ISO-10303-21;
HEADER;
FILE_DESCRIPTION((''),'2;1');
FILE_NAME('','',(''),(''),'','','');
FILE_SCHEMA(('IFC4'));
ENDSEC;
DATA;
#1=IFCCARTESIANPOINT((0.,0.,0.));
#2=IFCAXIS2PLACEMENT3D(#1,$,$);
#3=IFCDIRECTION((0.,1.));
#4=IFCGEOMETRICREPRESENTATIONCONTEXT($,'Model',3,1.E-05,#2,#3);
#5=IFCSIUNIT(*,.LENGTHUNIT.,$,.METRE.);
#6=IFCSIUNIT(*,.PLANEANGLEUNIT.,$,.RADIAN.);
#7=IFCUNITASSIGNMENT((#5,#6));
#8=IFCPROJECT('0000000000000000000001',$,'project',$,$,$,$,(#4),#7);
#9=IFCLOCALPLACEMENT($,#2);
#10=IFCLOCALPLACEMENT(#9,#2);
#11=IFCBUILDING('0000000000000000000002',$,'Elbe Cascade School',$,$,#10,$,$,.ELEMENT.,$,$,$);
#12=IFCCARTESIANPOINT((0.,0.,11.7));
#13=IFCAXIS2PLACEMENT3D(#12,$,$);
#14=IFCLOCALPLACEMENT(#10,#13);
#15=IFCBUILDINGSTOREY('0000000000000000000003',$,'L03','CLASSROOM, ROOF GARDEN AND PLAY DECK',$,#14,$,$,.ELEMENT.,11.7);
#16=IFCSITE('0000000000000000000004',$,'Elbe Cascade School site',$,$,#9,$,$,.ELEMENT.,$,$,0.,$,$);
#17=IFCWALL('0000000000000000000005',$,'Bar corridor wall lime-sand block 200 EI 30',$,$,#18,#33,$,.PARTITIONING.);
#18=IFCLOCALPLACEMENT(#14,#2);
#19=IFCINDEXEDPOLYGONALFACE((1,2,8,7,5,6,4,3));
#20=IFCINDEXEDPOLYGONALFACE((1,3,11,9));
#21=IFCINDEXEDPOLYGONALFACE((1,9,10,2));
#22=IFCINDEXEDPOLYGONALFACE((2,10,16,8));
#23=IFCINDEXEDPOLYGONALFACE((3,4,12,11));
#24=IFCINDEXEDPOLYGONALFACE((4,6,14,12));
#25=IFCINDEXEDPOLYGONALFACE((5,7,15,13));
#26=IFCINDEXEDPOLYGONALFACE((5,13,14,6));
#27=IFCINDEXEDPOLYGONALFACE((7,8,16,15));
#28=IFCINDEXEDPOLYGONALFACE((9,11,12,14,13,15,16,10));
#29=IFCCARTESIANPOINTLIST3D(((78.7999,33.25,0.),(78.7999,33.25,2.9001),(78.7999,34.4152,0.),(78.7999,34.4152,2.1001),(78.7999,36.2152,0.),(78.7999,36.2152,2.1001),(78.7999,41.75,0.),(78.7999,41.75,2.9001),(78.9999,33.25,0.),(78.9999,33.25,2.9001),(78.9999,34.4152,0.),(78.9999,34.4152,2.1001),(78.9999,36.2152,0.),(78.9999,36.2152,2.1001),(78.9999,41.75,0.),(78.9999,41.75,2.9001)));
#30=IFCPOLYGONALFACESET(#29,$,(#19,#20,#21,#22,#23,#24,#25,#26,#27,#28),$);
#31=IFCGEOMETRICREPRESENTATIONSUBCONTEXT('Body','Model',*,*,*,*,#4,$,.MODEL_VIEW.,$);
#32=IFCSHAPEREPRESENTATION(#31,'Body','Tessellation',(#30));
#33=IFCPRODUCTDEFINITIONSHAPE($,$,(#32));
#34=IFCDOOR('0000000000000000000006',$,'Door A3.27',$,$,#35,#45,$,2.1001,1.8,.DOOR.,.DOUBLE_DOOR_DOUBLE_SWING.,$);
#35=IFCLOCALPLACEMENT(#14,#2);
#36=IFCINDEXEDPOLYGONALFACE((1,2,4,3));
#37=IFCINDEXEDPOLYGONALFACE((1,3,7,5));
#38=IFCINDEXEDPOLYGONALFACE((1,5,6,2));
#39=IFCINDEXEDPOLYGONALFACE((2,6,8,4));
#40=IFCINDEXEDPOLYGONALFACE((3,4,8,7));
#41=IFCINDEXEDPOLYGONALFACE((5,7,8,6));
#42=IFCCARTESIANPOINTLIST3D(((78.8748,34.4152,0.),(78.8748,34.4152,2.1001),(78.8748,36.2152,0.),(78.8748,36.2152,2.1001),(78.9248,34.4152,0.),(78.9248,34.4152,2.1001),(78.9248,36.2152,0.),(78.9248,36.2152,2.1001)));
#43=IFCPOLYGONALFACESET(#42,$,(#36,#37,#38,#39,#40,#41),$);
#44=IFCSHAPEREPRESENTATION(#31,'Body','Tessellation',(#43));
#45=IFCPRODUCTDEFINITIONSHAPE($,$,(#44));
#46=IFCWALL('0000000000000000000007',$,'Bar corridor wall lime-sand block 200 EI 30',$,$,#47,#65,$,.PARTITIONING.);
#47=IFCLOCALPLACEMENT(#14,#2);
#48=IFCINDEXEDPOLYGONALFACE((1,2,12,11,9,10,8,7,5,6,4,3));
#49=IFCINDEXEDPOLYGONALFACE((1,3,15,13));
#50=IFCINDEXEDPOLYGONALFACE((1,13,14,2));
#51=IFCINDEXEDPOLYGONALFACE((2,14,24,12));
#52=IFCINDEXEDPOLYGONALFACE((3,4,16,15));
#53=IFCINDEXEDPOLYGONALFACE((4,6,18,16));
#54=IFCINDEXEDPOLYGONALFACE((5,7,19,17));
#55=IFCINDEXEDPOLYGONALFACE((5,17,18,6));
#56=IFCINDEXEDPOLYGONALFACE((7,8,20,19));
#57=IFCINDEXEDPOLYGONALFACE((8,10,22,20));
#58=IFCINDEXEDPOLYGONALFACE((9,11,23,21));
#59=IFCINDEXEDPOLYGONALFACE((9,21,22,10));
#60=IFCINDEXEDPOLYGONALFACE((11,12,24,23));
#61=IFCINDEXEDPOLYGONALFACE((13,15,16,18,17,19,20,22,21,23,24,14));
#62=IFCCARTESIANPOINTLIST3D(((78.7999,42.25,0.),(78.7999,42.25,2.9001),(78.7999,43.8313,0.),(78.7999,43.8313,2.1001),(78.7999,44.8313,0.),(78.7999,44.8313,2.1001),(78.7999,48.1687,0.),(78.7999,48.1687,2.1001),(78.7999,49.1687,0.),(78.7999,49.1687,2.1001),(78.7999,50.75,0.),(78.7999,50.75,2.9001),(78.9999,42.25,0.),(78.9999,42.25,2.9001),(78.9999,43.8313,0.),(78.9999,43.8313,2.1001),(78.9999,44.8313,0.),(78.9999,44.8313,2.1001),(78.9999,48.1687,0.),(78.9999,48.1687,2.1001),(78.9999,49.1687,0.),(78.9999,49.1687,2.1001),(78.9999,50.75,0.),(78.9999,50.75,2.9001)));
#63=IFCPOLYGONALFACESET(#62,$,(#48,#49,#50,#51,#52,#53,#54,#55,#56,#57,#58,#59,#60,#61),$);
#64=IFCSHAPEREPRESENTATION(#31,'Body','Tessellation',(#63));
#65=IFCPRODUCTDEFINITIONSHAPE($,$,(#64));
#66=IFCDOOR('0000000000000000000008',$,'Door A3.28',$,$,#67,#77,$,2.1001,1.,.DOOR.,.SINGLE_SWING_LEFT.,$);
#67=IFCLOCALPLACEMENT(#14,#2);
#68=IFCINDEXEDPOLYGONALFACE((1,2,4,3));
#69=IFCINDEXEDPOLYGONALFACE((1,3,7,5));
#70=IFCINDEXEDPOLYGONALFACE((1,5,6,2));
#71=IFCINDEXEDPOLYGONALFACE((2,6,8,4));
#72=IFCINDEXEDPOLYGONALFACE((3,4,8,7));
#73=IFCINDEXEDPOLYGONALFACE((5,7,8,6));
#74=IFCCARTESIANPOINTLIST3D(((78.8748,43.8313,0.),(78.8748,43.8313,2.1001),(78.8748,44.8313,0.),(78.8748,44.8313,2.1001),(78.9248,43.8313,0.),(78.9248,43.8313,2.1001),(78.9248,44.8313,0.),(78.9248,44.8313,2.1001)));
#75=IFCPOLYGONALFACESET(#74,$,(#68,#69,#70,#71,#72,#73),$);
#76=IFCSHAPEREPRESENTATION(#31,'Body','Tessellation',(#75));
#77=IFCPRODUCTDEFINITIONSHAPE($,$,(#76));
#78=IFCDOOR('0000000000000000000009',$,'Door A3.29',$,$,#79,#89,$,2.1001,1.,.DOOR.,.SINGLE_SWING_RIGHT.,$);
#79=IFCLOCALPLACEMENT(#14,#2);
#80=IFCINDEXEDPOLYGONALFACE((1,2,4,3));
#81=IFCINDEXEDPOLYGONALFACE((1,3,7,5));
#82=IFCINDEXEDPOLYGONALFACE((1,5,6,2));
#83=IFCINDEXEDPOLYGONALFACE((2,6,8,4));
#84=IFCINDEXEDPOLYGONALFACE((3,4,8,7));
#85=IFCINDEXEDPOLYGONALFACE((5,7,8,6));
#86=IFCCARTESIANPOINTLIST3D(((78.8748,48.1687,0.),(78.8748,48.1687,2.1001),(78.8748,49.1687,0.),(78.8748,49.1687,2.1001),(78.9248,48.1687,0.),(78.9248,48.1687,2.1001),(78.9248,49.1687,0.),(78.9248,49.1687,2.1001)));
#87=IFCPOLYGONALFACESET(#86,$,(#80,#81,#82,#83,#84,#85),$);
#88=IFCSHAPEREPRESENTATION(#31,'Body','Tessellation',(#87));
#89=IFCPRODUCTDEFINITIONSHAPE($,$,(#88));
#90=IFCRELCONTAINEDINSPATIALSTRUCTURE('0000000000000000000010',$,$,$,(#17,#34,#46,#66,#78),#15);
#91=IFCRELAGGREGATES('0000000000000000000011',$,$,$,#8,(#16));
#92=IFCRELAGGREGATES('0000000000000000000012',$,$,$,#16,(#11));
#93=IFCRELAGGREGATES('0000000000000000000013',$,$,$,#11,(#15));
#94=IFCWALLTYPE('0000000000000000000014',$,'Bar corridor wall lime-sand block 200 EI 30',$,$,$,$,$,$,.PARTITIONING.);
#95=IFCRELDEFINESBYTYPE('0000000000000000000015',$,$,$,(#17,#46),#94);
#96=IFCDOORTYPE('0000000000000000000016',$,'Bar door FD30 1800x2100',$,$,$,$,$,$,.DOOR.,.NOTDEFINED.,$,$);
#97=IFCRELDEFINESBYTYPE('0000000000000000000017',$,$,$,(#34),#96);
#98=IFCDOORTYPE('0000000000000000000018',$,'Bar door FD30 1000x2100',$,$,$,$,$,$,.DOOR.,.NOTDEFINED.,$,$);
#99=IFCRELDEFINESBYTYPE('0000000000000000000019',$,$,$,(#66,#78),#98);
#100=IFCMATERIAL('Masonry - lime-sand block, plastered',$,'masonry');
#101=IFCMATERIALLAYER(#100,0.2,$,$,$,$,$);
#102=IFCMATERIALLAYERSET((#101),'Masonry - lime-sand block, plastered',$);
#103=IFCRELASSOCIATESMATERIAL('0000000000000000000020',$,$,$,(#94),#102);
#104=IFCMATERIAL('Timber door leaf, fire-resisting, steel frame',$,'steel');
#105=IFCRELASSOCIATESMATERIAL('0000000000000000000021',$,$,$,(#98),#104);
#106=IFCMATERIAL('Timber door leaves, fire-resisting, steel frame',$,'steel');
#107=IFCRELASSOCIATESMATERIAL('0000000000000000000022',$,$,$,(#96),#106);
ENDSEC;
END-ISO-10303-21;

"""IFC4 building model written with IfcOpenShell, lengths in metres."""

from ifc_helpers import new_model, si_unit, direction, frame, frame_2d, origin, place, context, subcontext, project, spatial, rectangle, extrude, material, layer, layer_set, type_object, element, fill, save


model = new_model("IFC4")

# Units and contexts
model_context = context("Model", 3, precision=1e-05, world=origin(), true_north=direction((0.0, 1.0)))
body_context = subcontext(model_context, "Body", "Model", "MODEL_VIEW")
ifc_project = project(units=[si_unit("LENGTHUNIT", "METRE"), si_unit("PLANEANGLEUNIT", "RADIAN")], contexts=[model_context])

# Site, building, storey
site_placement = place(None, origin())
site = spatial("IfcSite", under=ifc_project, at=site_placement, Name="Elbe Cascade School site", CompositionType="ELEMENT", RefElevation=0.0)
building_placement = place(site_placement, origin())
building = spatial("IfcBuilding", under=site, at=building_placement, Name="Elbe Cascade School", CompositionType="ELEMENT")
storey_placement = place(building_placement, frame((0.0, 0.0, 11.7)))
storey = spatial("IfcBuildingStorey", under=building, at=storey_placement, Name="L03", Description="CLASSROOM, ROOF GARDEN AND PLAY DECK", CompositionType="ELEMENT", Elevation=11.7)

# Shared definitions
ifc_material_1 = material(Name="Masonry - lime-sand block, plastered", Category="masonry")
ifc_layer_1 = layer(ifc_material_1, 0.2)
ifc_layer_set_1 = layer_set([ifc_layer_1], Name="Masonry - lime-sand block, plastered")
wall_type_1 = type_object("IfcWallType", Name="Bar corridor wall lime-sand block 200 EI 30", PredefinedType="PARTITIONING", material=ifc_layer_set_1)
ifc_material_2 = material(Name="Timber door leaf, fire-resisting, steel frame", Category="steel")
door_type_1 = type_object("IfcDoorType", Name="Bar door FD30 1000x2100", OperationType="NOTDEFINED", PredefinedType="DOOR", material=ifc_material_2)

# Wall, opening, door
wall_1_placement = place(storey_placement, frame((78.8999, 41.75, 0.0), z_axis=(0.0, 0.0, 1.0), x_axis=(0.0, -1.0, 0.0)))
wall_1 = element("IfcWall", 1, at=wall_1_placement, inside=storey, type_object=wall_type_1, Name="Bar corridor wall lime-sand block 200 EI 30", PredefinedType="PARTITIONING", context=body_context, shape_type="SweptSolid", body=[
    extrude(rectangle(XDim=8.5, YDim=0.2, at=frame_2d((4.25, 0.0))), origin(), (0.0, 0.0, 1.0), 2.9001),
])
opening_1_placement = place(wall_1_placement, frame((5.5349, 0.0, 0.0)))
opening_1 = element("IfcOpeningElement", 2, at=opening_1_placement, cuts=wall_1, PredefinedType="OPENING", context=body_context, shape_type="SweptSolid", body=[
    extrude(rectangle(XDim=1.8, YDim=2.1001, at=frame_2d((0.8999, 1.05))), frame((0.0, 0.1099, 0.0), z_axis=(0.0, -1.0, 0.0), x_axis=(1.0, 0.0, 0.0)), (0.0, 0.0, 1.0), 0.22),
])
ifc_material_3 = material(Name="Timber door leaves, fire-resisting, steel frame", Category="steel")
door_type_2 = type_object("IfcDoorType", Name="Bar door FD30 1800x2100", OperationType="NOTDEFINED", PredefinedType="DOOR", material=ifc_material_3)
door_1_placement = place(opening_1_placement, origin())
door_1 = element("IfcDoor", 3, at=door_1_placement, inside=storey, type_object=door_type_2, Name="Door A3.27", OperationType="DOUBLE_DOOR_DOUBLE_SWING", OverallHeight=2.1001, OverallWidth=1.8, PredefinedType="DOOR", context=body_context, shape_type="SweptSolid", body=[
    extrude(rectangle(XDim=1.8, YDim=2.1001, at=frame_2d((0.8999, 1.05))), frame((0.0, 0.0249, 0.0), z_axis=(0.0, -1.0, 0.0), x_axis=(1.0, 0.0, 0.0)), (0.0, 0.0, 1.0), 0.05),
])
fill(opening_1, door_1)

# Wall, openings, doors
wall_2_placement = place(storey_placement, frame((78.8999, 50.75, 0.0), z_axis=(0.0, 0.0, 1.0), x_axis=(0.0, -1.0, 0.0)))
wall_2 = element("IfcWall", 4, at=wall_2_placement, inside=storey, type_object=wall_type_1, Name="Bar corridor wall lime-sand block 200 EI 30", PredefinedType="PARTITIONING", context=body_context, shape_type="SweptSolid", body=[
    extrude(rectangle(XDim=8.5, YDim=0.2, at=frame_2d((4.25, 0.0))), origin(), (0.0, 0.0, 1.0), 2.9001),
])
opening_2_placement = place(wall_2_placement, frame((5.9187, 0.0, 0.0)))
opening_2 = element("IfcOpeningElement", 5, at=opening_2_placement, cuts=wall_2, PredefinedType="OPENING", context=body_context, shape_type="SweptSolid", body=[
    extrude(rectangle(XDim=1.0, YDim=2.1001, at=frame_2d((0.5, 1.05))), frame((0.0, 0.1099, 0.0), z_axis=(0.0, -1.0, 0.0), x_axis=(1.0, 0.0, 0.0)), (0.0, 0.0, 1.0), 0.22),
])
opening_3_placement = place(wall_2_placement, frame((1.5813, 0.0, 0.0)))
opening_3 = element("IfcOpeningElement", 6, at=opening_3_placement, cuts=wall_2, PredefinedType="OPENING", context=body_context, shape_type="SweptSolid", body=[
    extrude(rectangle(XDim=1.0, YDim=2.1001, at=frame_2d((0.5, 1.05))), frame((0.0, 0.1099, 0.0), z_axis=(0.0, -1.0, 0.0), x_axis=(1.0, 0.0, 0.0)), (0.0, 0.0, 1.0), 0.22),
])
door_2_placement = place(opening_2_placement, origin())
door_2 = element("IfcDoor", 7, at=door_2_placement, inside=storey, type_object=door_type_1, Name="Door A3.28", OperationType="SINGLE_SWING_LEFT", OverallHeight=2.1001, OverallWidth=1.0, PredefinedType="DOOR", context=body_context, shape_type="SweptSolid", body=[
    extrude(rectangle(XDim=1.0, YDim=2.1001, at=frame_2d((0.5, 1.05))), frame((0.0, 0.0249, 0.0), z_axis=(0.0, -1.0, 0.0), x_axis=(1.0, 0.0, 0.0)), (0.0, 0.0, 1.0), 0.05),
])
fill(opening_2, door_2)
door_3_placement = place(opening_3_placement, origin())
door_3 = element("IfcDoor", 8, at=door_3_placement, inside=storey, type_object=door_type_1, Name="Door A3.29", OperationType="SINGLE_SWING_RIGHT", OverallHeight=2.1001, OverallWidth=1.0, PredefinedType="DOOR", context=body_context, shape_type="SweptSolid", body=[
    extrude(rectangle(XDim=1.0, YDim=2.1001, at=frame_2d((0.5, 1.05))), frame((0.0, 0.0249, 0.0), z_axis=(0.0, -1.0, 0.0), x_axis=(1.0, 0.0, 0.0)), (0.0, 0.0, 1.0), 0.05),
])
fill(opening_3, door_3)

save(model, "model.ifc")
